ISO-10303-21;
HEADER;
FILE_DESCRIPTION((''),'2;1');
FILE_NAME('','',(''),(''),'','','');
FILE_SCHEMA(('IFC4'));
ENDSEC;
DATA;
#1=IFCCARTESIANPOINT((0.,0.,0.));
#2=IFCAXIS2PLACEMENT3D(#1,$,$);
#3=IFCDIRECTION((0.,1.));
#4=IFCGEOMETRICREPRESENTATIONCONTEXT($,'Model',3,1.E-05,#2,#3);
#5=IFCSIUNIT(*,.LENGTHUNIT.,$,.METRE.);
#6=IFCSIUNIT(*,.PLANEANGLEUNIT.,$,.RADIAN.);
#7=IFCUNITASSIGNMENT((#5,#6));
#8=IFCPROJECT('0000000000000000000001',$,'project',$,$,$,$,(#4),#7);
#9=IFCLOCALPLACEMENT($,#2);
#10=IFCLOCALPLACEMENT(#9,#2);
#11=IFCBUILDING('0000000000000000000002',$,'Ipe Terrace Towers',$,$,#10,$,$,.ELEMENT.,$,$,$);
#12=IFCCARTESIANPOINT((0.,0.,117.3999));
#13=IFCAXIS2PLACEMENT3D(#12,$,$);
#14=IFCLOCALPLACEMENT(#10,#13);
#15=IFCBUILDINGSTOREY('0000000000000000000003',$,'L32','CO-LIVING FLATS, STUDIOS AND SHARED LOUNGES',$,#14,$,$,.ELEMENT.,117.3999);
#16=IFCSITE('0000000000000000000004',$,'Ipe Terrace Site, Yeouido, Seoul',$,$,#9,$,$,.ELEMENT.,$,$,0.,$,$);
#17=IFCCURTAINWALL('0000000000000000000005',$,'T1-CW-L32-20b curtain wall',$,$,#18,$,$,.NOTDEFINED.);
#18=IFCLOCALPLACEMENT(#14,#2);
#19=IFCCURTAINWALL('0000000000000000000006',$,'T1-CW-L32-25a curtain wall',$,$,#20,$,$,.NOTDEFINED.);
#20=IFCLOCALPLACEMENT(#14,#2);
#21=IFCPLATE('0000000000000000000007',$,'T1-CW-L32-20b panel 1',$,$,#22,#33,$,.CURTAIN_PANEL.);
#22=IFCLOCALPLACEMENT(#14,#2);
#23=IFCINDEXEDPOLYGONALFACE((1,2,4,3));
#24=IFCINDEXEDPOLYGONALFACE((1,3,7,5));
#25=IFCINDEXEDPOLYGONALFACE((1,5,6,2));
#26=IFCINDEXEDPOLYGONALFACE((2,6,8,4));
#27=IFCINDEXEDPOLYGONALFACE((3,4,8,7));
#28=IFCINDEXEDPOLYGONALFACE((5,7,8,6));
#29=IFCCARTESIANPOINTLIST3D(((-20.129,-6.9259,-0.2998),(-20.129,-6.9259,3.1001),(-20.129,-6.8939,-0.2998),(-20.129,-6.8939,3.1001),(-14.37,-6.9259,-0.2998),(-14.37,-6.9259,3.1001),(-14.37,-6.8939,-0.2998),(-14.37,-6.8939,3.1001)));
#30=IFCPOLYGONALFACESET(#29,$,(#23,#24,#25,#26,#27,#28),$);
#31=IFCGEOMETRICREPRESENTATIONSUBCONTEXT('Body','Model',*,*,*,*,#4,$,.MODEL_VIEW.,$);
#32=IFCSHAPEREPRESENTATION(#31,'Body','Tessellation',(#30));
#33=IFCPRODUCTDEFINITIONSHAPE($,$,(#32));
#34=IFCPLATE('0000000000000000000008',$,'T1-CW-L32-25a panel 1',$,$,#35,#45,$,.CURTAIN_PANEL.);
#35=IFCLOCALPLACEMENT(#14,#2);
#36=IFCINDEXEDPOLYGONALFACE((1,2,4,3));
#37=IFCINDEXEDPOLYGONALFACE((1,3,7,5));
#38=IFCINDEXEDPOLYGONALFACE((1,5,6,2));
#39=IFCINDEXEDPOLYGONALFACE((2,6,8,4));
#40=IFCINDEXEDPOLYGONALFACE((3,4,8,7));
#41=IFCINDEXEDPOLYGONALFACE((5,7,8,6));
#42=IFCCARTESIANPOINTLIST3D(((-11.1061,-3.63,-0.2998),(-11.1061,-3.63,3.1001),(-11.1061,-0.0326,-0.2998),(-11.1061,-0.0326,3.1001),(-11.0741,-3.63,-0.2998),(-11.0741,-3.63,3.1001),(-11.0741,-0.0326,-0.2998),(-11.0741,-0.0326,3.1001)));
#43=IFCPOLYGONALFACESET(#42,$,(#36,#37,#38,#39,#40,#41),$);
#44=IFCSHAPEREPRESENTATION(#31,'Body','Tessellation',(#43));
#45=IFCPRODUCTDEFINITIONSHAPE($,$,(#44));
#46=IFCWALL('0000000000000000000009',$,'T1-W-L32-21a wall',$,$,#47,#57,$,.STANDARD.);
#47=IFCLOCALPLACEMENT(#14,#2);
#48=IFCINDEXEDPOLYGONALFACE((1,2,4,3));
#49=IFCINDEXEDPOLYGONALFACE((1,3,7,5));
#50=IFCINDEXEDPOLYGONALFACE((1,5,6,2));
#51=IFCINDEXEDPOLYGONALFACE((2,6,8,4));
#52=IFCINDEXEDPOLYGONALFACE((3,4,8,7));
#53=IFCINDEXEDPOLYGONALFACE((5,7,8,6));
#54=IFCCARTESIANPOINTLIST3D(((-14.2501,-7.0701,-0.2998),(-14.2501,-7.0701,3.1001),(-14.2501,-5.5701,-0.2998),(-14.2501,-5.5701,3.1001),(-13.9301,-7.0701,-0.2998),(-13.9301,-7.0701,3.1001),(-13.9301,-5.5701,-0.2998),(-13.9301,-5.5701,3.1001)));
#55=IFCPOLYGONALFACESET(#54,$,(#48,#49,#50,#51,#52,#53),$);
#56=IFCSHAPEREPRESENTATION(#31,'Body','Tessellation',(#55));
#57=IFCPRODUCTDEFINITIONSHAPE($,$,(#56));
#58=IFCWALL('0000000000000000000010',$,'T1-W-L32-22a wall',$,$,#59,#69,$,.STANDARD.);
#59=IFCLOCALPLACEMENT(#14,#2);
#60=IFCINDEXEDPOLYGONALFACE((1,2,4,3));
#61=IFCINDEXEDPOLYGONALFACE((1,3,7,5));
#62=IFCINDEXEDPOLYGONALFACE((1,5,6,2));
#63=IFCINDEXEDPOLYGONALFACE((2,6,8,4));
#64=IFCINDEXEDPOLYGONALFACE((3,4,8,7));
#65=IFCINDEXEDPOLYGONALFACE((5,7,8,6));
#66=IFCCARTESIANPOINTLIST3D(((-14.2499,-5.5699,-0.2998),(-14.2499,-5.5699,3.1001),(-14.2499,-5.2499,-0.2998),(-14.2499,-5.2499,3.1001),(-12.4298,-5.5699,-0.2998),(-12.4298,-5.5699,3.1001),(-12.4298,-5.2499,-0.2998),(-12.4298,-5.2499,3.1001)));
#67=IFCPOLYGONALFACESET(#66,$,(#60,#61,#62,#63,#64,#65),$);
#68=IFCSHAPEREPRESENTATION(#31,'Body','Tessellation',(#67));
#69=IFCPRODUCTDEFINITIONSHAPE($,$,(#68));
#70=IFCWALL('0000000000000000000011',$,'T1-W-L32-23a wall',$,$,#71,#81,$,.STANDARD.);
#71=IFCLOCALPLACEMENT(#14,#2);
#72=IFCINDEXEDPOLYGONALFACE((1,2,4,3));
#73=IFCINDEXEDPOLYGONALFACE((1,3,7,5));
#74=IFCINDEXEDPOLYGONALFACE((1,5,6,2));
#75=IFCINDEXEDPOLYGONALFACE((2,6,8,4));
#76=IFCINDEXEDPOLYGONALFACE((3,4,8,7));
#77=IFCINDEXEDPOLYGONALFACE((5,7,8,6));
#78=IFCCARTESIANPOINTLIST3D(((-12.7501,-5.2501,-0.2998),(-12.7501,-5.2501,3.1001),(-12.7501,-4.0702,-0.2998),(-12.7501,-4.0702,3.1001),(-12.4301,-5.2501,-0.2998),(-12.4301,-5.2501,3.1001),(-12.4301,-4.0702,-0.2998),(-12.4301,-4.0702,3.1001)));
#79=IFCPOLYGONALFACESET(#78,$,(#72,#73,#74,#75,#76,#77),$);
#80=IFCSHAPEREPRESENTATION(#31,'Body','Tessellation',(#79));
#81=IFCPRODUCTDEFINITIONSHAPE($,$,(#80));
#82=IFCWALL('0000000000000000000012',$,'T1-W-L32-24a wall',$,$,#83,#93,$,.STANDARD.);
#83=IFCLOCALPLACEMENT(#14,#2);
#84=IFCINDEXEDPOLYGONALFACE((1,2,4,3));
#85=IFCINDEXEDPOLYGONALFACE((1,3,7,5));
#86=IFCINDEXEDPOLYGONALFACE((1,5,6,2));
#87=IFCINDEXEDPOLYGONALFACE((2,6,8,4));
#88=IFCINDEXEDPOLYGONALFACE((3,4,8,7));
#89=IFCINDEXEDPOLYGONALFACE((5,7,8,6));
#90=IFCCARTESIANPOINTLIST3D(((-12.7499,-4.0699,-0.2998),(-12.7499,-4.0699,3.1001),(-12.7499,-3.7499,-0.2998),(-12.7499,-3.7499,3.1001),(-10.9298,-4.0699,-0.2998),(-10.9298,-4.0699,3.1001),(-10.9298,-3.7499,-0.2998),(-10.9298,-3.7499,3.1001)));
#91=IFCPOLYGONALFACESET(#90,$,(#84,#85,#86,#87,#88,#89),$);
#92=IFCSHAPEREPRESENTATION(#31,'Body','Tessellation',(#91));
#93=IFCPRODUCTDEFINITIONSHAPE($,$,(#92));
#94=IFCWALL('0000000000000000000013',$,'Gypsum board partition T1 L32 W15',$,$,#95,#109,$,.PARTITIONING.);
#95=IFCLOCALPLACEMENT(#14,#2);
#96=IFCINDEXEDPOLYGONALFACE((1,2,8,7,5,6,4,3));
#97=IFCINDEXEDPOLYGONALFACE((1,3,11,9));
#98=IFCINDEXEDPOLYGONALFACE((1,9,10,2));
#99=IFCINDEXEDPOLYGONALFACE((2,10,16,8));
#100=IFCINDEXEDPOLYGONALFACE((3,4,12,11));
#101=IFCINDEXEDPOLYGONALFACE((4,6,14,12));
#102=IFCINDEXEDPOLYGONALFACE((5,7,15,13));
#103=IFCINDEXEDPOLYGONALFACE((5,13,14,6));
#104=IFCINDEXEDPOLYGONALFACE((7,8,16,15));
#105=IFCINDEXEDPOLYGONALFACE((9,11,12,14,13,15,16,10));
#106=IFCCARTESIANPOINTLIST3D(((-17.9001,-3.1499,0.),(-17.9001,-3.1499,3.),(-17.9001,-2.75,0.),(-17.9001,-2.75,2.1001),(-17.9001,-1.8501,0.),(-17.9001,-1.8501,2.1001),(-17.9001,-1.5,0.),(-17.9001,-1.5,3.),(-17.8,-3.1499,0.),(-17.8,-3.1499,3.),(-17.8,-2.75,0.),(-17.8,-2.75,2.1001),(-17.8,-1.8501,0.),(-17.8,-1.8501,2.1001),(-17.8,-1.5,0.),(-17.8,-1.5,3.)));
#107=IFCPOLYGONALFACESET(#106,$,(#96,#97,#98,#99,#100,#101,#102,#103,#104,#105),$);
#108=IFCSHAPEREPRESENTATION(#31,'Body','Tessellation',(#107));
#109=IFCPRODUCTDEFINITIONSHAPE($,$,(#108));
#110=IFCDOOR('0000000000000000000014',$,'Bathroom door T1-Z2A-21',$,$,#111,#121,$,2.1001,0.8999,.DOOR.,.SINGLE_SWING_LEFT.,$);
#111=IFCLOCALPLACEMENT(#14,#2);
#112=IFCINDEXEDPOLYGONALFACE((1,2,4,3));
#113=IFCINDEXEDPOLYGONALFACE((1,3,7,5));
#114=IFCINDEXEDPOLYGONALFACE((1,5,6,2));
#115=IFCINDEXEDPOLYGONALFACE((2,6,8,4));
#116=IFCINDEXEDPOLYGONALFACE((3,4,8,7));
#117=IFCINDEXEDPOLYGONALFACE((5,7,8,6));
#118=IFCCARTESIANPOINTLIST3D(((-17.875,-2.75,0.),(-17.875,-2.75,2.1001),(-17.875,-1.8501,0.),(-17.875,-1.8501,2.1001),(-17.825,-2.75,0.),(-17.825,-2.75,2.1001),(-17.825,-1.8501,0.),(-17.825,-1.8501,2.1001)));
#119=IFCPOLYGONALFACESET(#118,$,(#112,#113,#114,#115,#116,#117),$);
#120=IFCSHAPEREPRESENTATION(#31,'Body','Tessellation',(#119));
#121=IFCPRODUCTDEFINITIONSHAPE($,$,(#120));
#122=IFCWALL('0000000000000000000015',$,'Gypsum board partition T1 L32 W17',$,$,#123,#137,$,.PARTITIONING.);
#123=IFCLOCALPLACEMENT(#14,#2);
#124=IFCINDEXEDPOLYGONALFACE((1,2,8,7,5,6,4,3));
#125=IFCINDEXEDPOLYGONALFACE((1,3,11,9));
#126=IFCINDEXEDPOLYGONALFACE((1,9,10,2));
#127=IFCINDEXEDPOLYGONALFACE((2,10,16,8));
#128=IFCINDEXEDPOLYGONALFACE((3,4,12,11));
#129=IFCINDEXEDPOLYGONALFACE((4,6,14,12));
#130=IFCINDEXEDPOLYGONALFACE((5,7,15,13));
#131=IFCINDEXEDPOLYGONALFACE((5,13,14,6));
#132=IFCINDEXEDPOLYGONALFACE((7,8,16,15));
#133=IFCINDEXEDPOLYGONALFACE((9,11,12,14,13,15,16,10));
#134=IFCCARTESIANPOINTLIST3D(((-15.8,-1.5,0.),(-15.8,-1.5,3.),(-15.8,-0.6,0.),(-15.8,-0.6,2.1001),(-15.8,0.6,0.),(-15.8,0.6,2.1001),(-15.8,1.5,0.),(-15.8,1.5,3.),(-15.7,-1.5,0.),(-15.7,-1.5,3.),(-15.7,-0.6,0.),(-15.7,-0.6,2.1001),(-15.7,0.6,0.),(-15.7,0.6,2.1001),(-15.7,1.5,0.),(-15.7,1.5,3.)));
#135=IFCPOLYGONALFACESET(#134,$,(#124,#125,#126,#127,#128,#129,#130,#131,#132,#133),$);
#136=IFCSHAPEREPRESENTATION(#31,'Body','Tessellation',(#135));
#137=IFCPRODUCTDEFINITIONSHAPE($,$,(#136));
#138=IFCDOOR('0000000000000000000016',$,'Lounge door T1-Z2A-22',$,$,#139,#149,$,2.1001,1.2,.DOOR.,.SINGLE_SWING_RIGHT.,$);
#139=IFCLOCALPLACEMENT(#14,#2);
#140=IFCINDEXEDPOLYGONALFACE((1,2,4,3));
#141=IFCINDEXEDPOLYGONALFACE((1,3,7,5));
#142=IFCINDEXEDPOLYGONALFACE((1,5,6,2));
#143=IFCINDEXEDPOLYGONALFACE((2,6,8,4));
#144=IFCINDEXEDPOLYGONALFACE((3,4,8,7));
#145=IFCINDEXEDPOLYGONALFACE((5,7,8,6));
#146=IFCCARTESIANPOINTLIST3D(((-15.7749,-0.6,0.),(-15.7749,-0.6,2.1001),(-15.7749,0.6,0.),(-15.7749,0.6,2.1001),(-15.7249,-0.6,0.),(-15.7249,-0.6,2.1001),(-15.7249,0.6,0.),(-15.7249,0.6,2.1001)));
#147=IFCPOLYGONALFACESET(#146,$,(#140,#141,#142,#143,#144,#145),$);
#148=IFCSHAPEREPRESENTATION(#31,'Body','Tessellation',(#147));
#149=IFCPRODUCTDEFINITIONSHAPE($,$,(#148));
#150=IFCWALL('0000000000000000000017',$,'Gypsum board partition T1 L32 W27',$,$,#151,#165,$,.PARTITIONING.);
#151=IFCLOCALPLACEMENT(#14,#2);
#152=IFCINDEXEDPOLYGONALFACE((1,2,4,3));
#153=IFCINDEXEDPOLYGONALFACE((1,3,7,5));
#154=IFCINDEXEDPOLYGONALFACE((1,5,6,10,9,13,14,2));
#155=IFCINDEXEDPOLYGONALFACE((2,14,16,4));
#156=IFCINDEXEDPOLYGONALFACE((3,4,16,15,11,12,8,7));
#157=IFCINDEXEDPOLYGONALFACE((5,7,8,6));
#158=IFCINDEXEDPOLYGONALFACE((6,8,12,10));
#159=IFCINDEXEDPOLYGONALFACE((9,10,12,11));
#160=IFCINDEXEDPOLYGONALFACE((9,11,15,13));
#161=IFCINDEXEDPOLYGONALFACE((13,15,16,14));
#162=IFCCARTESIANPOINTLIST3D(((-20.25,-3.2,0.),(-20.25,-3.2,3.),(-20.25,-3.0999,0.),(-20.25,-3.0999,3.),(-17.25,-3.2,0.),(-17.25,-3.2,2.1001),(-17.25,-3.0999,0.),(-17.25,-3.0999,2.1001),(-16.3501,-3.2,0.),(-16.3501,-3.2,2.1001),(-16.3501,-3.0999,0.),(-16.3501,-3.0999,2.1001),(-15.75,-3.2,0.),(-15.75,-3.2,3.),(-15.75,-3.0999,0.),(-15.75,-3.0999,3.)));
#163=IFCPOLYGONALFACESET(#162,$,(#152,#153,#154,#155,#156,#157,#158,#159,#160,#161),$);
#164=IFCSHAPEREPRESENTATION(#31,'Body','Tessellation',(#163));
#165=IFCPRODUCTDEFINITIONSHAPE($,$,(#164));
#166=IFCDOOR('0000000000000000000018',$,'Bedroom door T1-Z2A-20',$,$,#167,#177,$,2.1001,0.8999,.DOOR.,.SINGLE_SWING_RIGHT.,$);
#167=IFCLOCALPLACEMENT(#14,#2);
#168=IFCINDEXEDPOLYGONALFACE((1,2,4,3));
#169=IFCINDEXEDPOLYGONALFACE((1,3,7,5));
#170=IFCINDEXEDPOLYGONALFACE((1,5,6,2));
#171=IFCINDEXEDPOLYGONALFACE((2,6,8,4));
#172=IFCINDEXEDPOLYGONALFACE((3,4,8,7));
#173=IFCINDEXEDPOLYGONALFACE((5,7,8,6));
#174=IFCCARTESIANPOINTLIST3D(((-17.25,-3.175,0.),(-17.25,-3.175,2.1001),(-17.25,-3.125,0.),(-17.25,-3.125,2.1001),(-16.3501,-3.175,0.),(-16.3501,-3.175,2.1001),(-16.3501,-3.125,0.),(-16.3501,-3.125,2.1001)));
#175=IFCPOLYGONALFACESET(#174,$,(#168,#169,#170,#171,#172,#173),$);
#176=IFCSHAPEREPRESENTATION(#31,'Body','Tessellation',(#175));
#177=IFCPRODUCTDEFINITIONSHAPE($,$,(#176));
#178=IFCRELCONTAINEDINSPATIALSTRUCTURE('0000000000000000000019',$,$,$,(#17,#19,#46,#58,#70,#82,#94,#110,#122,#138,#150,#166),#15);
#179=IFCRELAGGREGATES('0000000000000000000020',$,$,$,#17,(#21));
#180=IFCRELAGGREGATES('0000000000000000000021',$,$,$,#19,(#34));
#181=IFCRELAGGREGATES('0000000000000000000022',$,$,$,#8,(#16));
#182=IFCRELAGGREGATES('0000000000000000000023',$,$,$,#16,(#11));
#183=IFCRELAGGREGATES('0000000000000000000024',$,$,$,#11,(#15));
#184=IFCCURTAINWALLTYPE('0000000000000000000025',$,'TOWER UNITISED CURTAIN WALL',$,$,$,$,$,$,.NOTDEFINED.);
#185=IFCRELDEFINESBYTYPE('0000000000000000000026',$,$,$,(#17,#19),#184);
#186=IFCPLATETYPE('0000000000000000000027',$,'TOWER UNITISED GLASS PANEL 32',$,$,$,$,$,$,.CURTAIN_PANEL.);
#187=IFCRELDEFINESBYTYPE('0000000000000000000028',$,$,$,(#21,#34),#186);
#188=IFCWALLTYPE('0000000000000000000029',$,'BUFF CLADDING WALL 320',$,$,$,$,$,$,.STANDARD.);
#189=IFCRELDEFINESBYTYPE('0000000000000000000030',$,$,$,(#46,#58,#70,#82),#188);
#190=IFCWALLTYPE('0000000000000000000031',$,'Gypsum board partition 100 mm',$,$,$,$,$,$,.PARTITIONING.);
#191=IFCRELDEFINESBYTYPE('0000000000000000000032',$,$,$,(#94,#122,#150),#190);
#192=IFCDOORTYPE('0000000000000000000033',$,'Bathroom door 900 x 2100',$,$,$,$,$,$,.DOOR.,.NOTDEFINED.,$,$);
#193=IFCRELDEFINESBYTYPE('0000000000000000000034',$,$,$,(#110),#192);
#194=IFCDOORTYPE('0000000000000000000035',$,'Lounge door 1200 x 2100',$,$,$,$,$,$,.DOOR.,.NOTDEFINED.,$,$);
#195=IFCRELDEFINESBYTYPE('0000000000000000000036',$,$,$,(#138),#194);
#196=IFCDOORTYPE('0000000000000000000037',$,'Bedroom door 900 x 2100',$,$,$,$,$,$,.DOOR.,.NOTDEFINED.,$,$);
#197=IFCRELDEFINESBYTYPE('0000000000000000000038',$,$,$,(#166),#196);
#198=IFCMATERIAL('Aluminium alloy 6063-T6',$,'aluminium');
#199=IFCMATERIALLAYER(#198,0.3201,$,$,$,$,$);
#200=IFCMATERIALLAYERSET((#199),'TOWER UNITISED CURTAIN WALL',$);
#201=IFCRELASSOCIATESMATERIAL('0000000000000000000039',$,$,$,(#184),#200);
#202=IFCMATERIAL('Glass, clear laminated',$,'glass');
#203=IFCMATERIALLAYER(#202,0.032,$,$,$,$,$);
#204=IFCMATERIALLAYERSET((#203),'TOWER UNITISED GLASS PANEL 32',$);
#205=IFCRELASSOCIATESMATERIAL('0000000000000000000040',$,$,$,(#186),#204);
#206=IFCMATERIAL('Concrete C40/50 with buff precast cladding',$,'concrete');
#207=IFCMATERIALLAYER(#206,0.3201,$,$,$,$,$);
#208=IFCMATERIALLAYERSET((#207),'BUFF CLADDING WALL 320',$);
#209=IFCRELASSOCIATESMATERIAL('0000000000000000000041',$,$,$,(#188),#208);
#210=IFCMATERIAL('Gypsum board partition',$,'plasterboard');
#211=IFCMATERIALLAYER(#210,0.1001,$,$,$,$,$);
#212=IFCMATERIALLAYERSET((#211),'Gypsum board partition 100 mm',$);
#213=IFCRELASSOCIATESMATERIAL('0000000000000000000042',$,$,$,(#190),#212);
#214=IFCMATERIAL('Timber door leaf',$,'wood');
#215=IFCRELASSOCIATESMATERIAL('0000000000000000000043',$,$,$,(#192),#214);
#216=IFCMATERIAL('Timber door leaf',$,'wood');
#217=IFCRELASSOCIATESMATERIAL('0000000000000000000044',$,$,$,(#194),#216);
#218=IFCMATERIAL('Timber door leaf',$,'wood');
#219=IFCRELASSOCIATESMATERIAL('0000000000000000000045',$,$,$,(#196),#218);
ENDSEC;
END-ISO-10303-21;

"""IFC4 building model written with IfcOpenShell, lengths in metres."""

from ifc_helpers import new_model, si_unit, direction, frame, frame_2d, origin, origin_2d, place, context, subcontext, project, spatial, rectangle, extrude, material, layer, layer_set, type_object, element, fill, aggregate, save


model = new_model("IFC4")

# Units and contexts
model_context = context("Model", 3, precision=1e-05, world=origin(), true_north=direction((0.0, 1.0)))
body_context = subcontext(model_context, "Body", "Model", "MODEL_VIEW")
ifc_project = project(units=[si_unit("LENGTHUNIT", "METRE"), si_unit("PLANEANGLEUNIT", "RADIAN")], contexts=[model_context])

# Site, building, storey
site_placement = place(None, origin())
site = spatial("IfcSite", under=ifc_project, at=site_placement, Name="Ipe Terrace Site, Yeouido, Seoul", CompositionType="ELEMENT", RefElevation=0.0)
building_placement = place(site_placement, origin())
building = spatial("IfcBuilding", under=site, at=building_placement, Name="Ipe Terrace Towers", CompositionType="ELEMENT")
storey_placement = place(building_placement, frame((0.0, 0.0, 117.3999)))
storey = spatial("IfcBuildingStorey", under=building, at=storey_placement, Name="L32", Description="CO-LIVING FLATS, STUDIOS AND SHARED LOUNGES", CompositionType="ELEMENT", Elevation=117.3999)

# Curtain walls
ifc_material_1 = material(Name="Aluminium alloy 6063-T6", Category="aluminium")
ifc_layer_1 = layer(ifc_material_1, 0.3201)
ifc_layer_set_1 = layer_set([ifc_layer_1], Name="TOWER UNITISED CURTAIN WALL")
curtain_wall_type = type_object("IfcCurtainWallType", Name="TOWER UNITISED CURTAIN WALL", PredefinedType="NOTDEFINED", material=ifc_layer_set_1)
curtain_wall_1_placement = place(storey_placement, origin())
curtain_wall_1 = element("IfcCurtainWall", 1, at=curtain_wall_1_placement, inside=storey, type_object=curtain_wall_type, Name="T1-CW-L32-20b curtain wall", PredefinedType="NOTDEFINED")
curtain_wall_2_placement = place(storey_placement, origin())
curtain_wall_2 = element("IfcCurtainWall", 2, at=curtain_wall_2_placement, inside=storey, type_object=curtain_wall_type, Name="T1-CW-L32-25a curtain wall", PredefinedType="NOTDEFINED")

# Plates
ifc_material_2 = material(Name="Glass, clear laminated", Category="glass")
ifc_layer_2 = layer(ifc_material_2, 0.032)
ifc_layer_set_2 = layer_set([ifc_layer_2], Name="TOWER UNITISED GLASS PANEL 32")
plate_type = type_object("IfcPlateType", Name="TOWER UNITISED GLASS PANEL 32", PredefinedType="CURTAIN_PANEL", material=ifc_layer_set_2)
plate_1_placement = place(storey_placement, frame((-17.2495, -6.9099, -0.2998), z_axis=(0.0, 0.0, 1.0), x_axis=(1.0, 0.0, 0.0)))
plate_1 = element("IfcPlate", 3, at=plate_1_placement, type_object=plate_type, Name="T1-CW-L32-20b panel 1", PredefinedType="CURTAIN_PANEL", context=body_context, shape_type="SweptSolid", body=[
    extrude(rectangle(XDim=5.759, YDim=0.032, at=origin_2d()), origin(), (0.0, 0.0, 1.0), 3.3999),
])
aggregate(curtain_wall_1, [plate_1])
plate_2_placement = place(storey_placement, frame((-11.0901, -1.8313, -0.2998), z_axis=(0.0, 0.0, 1.0), x_axis=(0.0, 1.0, 0.0)))
plate_2 = element("IfcPlate", 4, at=plate_2_placement, type_object=plate_type, Name="T1-CW-L32-25a panel 1", PredefinedType="CURTAIN_PANEL", context=body_context, shape_type="SweptSolid", body=[
    extrude(rectangle(XDim=3.5974, YDim=0.032, at=origin_2d()), origin(), (0.0, 0.0, 1.0), 3.3999),
])
aggregate(curtain_wall_2, [plate_2])

# Walls
ifc_material_3 = material(Name="Concrete C40/50 with buff precast cladding", Category="concrete")
ifc_layer_3 = layer(ifc_material_3, 0.3201)
ifc_layer_set_3 = layer_set([ifc_layer_3], Name="BUFF CLADDING WALL 320")
wall_type_1 = type_object("IfcWallType", Name="BUFF CLADDING WALL 320", PredefinedType="STANDARD", material=ifc_layer_set_3)
wall_1_placement = place(storey_placement, frame((-14.0901, -7.0701, -0.2998), z_axis=(0.0, 0.0, 1.0), x_axis=(0.0, 1.0, 0.0)))
element("IfcWall", 5, at=wall_1_placement, inside=storey, type_object=wall_type_1, Name="T1-W-L32-21a wall", PredefinedType="STANDARD", context=body_context, shape_type="SweptSolid", body=[
    extrude(rectangle(XDim=1.5, YDim=0.3201, at=frame_2d((0.75, 0.0))), origin(), (0.0, 0.0, 1.0), 3.3999),
])
wall_2_placement = place(storey_placement, frame((-14.25, -5.4099, -0.2998), z_axis=(0.0, 0.0, 1.0), x_axis=(1.0, 0.0, 0.0)))
element("IfcWall", 6, at=wall_2_placement, inside=storey, type_object=wall_type_1, Name="T1-W-L32-22a wall", PredefinedType="STANDARD", context=body_context, shape_type="SweptSolid", body=[
    extrude(rectangle(XDim=1.8201, YDim=0.3201, at=frame_2d((0.9102, 0.0))), origin(), (0.0, 0.0, 1.0), 3.3999),
])
wall_3_placement = place(storey_placement, frame((-12.5901, -5.25, -0.2998), z_axis=(0.0, 0.0, 1.0), x_axis=(0.0, 1.0, 0.0)))
element("IfcWall", 7, at=wall_3_placement, inside=storey, type_object=wall_type_1, Name="T1-W-L32-23a wall", PredefinedType="STANDARD", context=body_context, shape_type="SweptSolid", body=[
    extrude(rectangle(XDim=1.1799, YDim=0.3201, at=frame_2d((0.5898, 0.0))), origin(), (0.0, 0.0, 1.0), 3.3999),
])
wall_4_placement = place(storey_placement, frame((-12.75, -3.9099, -0.2998), z_axis=(0.0, 0.0, 1.0), x_axis=(1.0, 0.0, 0.0)))
element("IfcWall", 8, at=wall_4_placement, inside=storey, type_object=wall_type_1, Name="T1-W-L32-24a wall", PredefinedType="STANDARD", context=body_context, shape_type="SweptSolid", body=[
    extrude(rectangle(XDim=1.8201, YDim=0.3201, at=frame_2d((0.9102, 0.0))), origin(), (0.0, 0.0, 1.0), 3.3999),
])

# Walls, openings, doors
ifc_material_4 = material(Name="Gypsum board partition", Category="plasterboard")
ifc_layer_4 = layer(ifc_material_4, 0.1001)
ifc_layer_set_4 = layer_set([ifc_layer_4], Name="Gypsum board partition 100 mm")
wall_type_2 = type_object("IfcWallType", Name="Gypsum board partition 100 mm", PredefinedType="PARTITIONING", material=ifc_layer_set_4)
wall_5_placement = place(storey_placement, frame((-17.8501, -3.1499, 0.0), z_axis=(0.0, 0.0, 1.0), x_axis=(0.0, 1.0, 0.0)))
wall_5 = element("IfcWall", 9, at=wall_5_placement, inside=storey, type_object=wall_type_2, Name="Gypsum board partition T1 L32 W15", PredefinedType="PARTITIONING", context=body_context, shape_type="SweptSolid", body=[
    extrude(rectangle(XDim=1.6499, YDim=0.1001, at=frame_2d((0.825, 0.0))), origin(), (0.0, 0.0, 1.0), 3.0),
])
opening_1_placement = place(wall_5_placement, frame((0.3999, 0.0, 0.0)))
opening_1 = element("IfcOpeningElement", 10, at=opening_1_placement, cuts=wall_5, PredefinedType="OPENING", context=body_context, shape_type="SweptSolid", body=[
    extrude(rectangle(XDim=0.8999, YDim=2.1001, at=frame_2d((0.45, 1.05))), frame((0.0, 0.0601, 0.0), z_axis=(0.0, -1.0, 0.0), x_axis=(1.0, 0.0, 0.0)), (0.0, 0.0, 1.0), 0.1201),
])
ifc_material_5 = material(Name="Timber door leaf", Category="wood")
door_type_1 = type_object("IfcDoorType", Name="Bathroom door 900 x 2100", OperationType="NOTDEFINED", PredefinedType="DOOR", material=ifc_material_5)
door_1_placement = place(opening_1_placement, origin())
door_1 = element("IfcDoor", 11, at=door_1_placement, inside=storey, type_object=door_type_1, Name="Bathroom door T1-Z2A-21", OperationType="SINGLE_SWING_LEFT", OverallHeight=2.1001, OverallWidth=0.8999, PredefinedType="DOOR", context=body_context, shape_type="SweptSolid", body=[
    extrude(rectangle(XDim=0.8999, YDim=2.1001, at=frame_2d((0.45, 1.05))), frame((0.0, 0.0249, 0.0), z_axis=(0.0, -1.0, 0.0), x_axis=(1.0, 0.0, 0.0)), (0.0, 0.0, 1.0), 0.05),
])
fill(opening_1, door_1)
wall_6_placement = place(storey_placement, frame((-15.75, -1.5, 0.0), z_axis=(0.0, 0.0, 1.0), x_axis=(0.0, 1.0, 0.0)))
wall_6 = element("IfcWall", 12, at=wall_6_placement, inside=storey, type_object=wall_type_2, Name="Gypsum board partition T1 L32 W17", PredefinedType="PARTITIONING", context=body_context, shape_type="SweptSolid", body=[
    extrude(rectangle(XDim=3.0, YDim=0.1001, at=frame_2d((1.5, 0.0))), origin(), (0.0, 0.0, 1.0), 3.0),
])
opening_2_placement = place(wall_6_placement, frame((0.8999, 0.0, 0.0)))
opening_2 = element("IfcOpeningElement", 13, at=opening_2_placement, cuts=wall_6, PredefinedType="OPENING", context=body_context, shape_type="SweptSolid", body=[
    extrude(rectangle(XDim=1.2, YDim=2.1001, at=frame_2d((0.6001, 1.05))), frame((0.0, 0.0601, 0.0), z_axis=(0.0, -1.0, 0.0), x_axis=(1.0, 0.0, 0.0)), (0.0, 0.0, 1.0), 0.1201),
])
ifc_material_6 = material(Name="Timber door leaf", Category="wood")
door_type_2 = type_object("IfcDoorType", Name="Lounge door 1200 x 2100", OperationType="NOTDEFINED", PredefinedType="DOOR", material=ifc_material_6)
door_2_placement = place(opening_2_placement, origin())
door_2 = element("IfcDoor", 14, at=door_2_placement, inside=storey, type_object=door_type_2, Name="Lounge door T1-Z2A-22", OperationType="SINGLE_SWING_RIGHT", OverallHeight=2.1001, OverallWidth=1.2, PredefinedType="DOOR", context=body_context, shape_type="SweptSolid", body=[
    extrude(rectangle(XDim=1.2, YDim=2.1001, at=frame_2d((0.6001, 1.05))), frame((0.0, 0.0249, 0.0), z_axis=(0.0, -1.0, 0.0), x_axis=(1.0, 0.0, 0.0)), (0.0, 0.0, 1.0), 0.05),
])
fill(opening_2, door_2)
wall_7_placement = place(storey_placement, frame((-20.25, -3.1499, 0.0), z_axis=(0.0, 0.0, 1.0), x_axis=(1.0, 0.0, 0.0)))
wall_7 = element("IfcWall", 15, at=wall_7_placement, inside=storey, type_object=wall_type_2, Name="Gypsum board partition T1 L32 W27", PredefinedType="PARTITIONING", context=body_context, shape_type="SweptSolid", body=[
    extrude(rectangle(XDim=4.5, YDim=0.1001, at=frame_2d((2.25, 0.0))), origin(), (0.0, 0.0, 1.0), 3.0),
])
opening_3_placement = place(wall_7_placement, frame((3.0, 0.0, 0.0)))
opening_3 = element("IfcOpeningElement", 16, at=opening_3_placement, cuts=wall_7, PredefinedType="OPENING", context=body_context, shape_type="SweptSolid", body=[
    extrude(rectangle(XDim=0.8999, YDim=2.1001, at=frame_2d((0.45, 1.05))), frame((0.0, 0.0601, 0.0), z_axis=(0.0, -1.0, 0.0), x_axis=(1.0, 0.0, 0.0)), (0.0, 0.0, 1.0), 0.1201),
])
ifc_material_7 = material(Name="Timber door leaf", Category="wood")
door_type_3 = type_object("IfcDoorType", Name="Bedroom door 900 x 2100", OperationType="NOTDEFINED", PredefinedType="DOOR", material=ifc_material_7)
door_3_placement = place(opening_3_placement, origin())
door_3 = element("IfcDoor", 17, at=door_3_placement, inside=storey, type_object=door_type_3, Name="Bedroom door T1-Z2A-20", OperationType="SINGLE_SWING_RIGHT", OverallHeight=2.1001, OverallWidth=0.8999, PredefinedType="DOOR", context=body_context, shape_type="SweptSolid", body=[
    extrude(rectangle(XDim=0.8999, YDim=2.1001, at=frame_2d((0.45, 1.05))), frame((0.0, 0.0249, 0.0), z_axis=(0.0, -1.0, 0.0), x_axis=(1.0, 0.0, 0.0)), (0.0, 0.0, 1.0), 0.05),
])
fill(opening_3, door_3)

save(model, "model.ifc")
